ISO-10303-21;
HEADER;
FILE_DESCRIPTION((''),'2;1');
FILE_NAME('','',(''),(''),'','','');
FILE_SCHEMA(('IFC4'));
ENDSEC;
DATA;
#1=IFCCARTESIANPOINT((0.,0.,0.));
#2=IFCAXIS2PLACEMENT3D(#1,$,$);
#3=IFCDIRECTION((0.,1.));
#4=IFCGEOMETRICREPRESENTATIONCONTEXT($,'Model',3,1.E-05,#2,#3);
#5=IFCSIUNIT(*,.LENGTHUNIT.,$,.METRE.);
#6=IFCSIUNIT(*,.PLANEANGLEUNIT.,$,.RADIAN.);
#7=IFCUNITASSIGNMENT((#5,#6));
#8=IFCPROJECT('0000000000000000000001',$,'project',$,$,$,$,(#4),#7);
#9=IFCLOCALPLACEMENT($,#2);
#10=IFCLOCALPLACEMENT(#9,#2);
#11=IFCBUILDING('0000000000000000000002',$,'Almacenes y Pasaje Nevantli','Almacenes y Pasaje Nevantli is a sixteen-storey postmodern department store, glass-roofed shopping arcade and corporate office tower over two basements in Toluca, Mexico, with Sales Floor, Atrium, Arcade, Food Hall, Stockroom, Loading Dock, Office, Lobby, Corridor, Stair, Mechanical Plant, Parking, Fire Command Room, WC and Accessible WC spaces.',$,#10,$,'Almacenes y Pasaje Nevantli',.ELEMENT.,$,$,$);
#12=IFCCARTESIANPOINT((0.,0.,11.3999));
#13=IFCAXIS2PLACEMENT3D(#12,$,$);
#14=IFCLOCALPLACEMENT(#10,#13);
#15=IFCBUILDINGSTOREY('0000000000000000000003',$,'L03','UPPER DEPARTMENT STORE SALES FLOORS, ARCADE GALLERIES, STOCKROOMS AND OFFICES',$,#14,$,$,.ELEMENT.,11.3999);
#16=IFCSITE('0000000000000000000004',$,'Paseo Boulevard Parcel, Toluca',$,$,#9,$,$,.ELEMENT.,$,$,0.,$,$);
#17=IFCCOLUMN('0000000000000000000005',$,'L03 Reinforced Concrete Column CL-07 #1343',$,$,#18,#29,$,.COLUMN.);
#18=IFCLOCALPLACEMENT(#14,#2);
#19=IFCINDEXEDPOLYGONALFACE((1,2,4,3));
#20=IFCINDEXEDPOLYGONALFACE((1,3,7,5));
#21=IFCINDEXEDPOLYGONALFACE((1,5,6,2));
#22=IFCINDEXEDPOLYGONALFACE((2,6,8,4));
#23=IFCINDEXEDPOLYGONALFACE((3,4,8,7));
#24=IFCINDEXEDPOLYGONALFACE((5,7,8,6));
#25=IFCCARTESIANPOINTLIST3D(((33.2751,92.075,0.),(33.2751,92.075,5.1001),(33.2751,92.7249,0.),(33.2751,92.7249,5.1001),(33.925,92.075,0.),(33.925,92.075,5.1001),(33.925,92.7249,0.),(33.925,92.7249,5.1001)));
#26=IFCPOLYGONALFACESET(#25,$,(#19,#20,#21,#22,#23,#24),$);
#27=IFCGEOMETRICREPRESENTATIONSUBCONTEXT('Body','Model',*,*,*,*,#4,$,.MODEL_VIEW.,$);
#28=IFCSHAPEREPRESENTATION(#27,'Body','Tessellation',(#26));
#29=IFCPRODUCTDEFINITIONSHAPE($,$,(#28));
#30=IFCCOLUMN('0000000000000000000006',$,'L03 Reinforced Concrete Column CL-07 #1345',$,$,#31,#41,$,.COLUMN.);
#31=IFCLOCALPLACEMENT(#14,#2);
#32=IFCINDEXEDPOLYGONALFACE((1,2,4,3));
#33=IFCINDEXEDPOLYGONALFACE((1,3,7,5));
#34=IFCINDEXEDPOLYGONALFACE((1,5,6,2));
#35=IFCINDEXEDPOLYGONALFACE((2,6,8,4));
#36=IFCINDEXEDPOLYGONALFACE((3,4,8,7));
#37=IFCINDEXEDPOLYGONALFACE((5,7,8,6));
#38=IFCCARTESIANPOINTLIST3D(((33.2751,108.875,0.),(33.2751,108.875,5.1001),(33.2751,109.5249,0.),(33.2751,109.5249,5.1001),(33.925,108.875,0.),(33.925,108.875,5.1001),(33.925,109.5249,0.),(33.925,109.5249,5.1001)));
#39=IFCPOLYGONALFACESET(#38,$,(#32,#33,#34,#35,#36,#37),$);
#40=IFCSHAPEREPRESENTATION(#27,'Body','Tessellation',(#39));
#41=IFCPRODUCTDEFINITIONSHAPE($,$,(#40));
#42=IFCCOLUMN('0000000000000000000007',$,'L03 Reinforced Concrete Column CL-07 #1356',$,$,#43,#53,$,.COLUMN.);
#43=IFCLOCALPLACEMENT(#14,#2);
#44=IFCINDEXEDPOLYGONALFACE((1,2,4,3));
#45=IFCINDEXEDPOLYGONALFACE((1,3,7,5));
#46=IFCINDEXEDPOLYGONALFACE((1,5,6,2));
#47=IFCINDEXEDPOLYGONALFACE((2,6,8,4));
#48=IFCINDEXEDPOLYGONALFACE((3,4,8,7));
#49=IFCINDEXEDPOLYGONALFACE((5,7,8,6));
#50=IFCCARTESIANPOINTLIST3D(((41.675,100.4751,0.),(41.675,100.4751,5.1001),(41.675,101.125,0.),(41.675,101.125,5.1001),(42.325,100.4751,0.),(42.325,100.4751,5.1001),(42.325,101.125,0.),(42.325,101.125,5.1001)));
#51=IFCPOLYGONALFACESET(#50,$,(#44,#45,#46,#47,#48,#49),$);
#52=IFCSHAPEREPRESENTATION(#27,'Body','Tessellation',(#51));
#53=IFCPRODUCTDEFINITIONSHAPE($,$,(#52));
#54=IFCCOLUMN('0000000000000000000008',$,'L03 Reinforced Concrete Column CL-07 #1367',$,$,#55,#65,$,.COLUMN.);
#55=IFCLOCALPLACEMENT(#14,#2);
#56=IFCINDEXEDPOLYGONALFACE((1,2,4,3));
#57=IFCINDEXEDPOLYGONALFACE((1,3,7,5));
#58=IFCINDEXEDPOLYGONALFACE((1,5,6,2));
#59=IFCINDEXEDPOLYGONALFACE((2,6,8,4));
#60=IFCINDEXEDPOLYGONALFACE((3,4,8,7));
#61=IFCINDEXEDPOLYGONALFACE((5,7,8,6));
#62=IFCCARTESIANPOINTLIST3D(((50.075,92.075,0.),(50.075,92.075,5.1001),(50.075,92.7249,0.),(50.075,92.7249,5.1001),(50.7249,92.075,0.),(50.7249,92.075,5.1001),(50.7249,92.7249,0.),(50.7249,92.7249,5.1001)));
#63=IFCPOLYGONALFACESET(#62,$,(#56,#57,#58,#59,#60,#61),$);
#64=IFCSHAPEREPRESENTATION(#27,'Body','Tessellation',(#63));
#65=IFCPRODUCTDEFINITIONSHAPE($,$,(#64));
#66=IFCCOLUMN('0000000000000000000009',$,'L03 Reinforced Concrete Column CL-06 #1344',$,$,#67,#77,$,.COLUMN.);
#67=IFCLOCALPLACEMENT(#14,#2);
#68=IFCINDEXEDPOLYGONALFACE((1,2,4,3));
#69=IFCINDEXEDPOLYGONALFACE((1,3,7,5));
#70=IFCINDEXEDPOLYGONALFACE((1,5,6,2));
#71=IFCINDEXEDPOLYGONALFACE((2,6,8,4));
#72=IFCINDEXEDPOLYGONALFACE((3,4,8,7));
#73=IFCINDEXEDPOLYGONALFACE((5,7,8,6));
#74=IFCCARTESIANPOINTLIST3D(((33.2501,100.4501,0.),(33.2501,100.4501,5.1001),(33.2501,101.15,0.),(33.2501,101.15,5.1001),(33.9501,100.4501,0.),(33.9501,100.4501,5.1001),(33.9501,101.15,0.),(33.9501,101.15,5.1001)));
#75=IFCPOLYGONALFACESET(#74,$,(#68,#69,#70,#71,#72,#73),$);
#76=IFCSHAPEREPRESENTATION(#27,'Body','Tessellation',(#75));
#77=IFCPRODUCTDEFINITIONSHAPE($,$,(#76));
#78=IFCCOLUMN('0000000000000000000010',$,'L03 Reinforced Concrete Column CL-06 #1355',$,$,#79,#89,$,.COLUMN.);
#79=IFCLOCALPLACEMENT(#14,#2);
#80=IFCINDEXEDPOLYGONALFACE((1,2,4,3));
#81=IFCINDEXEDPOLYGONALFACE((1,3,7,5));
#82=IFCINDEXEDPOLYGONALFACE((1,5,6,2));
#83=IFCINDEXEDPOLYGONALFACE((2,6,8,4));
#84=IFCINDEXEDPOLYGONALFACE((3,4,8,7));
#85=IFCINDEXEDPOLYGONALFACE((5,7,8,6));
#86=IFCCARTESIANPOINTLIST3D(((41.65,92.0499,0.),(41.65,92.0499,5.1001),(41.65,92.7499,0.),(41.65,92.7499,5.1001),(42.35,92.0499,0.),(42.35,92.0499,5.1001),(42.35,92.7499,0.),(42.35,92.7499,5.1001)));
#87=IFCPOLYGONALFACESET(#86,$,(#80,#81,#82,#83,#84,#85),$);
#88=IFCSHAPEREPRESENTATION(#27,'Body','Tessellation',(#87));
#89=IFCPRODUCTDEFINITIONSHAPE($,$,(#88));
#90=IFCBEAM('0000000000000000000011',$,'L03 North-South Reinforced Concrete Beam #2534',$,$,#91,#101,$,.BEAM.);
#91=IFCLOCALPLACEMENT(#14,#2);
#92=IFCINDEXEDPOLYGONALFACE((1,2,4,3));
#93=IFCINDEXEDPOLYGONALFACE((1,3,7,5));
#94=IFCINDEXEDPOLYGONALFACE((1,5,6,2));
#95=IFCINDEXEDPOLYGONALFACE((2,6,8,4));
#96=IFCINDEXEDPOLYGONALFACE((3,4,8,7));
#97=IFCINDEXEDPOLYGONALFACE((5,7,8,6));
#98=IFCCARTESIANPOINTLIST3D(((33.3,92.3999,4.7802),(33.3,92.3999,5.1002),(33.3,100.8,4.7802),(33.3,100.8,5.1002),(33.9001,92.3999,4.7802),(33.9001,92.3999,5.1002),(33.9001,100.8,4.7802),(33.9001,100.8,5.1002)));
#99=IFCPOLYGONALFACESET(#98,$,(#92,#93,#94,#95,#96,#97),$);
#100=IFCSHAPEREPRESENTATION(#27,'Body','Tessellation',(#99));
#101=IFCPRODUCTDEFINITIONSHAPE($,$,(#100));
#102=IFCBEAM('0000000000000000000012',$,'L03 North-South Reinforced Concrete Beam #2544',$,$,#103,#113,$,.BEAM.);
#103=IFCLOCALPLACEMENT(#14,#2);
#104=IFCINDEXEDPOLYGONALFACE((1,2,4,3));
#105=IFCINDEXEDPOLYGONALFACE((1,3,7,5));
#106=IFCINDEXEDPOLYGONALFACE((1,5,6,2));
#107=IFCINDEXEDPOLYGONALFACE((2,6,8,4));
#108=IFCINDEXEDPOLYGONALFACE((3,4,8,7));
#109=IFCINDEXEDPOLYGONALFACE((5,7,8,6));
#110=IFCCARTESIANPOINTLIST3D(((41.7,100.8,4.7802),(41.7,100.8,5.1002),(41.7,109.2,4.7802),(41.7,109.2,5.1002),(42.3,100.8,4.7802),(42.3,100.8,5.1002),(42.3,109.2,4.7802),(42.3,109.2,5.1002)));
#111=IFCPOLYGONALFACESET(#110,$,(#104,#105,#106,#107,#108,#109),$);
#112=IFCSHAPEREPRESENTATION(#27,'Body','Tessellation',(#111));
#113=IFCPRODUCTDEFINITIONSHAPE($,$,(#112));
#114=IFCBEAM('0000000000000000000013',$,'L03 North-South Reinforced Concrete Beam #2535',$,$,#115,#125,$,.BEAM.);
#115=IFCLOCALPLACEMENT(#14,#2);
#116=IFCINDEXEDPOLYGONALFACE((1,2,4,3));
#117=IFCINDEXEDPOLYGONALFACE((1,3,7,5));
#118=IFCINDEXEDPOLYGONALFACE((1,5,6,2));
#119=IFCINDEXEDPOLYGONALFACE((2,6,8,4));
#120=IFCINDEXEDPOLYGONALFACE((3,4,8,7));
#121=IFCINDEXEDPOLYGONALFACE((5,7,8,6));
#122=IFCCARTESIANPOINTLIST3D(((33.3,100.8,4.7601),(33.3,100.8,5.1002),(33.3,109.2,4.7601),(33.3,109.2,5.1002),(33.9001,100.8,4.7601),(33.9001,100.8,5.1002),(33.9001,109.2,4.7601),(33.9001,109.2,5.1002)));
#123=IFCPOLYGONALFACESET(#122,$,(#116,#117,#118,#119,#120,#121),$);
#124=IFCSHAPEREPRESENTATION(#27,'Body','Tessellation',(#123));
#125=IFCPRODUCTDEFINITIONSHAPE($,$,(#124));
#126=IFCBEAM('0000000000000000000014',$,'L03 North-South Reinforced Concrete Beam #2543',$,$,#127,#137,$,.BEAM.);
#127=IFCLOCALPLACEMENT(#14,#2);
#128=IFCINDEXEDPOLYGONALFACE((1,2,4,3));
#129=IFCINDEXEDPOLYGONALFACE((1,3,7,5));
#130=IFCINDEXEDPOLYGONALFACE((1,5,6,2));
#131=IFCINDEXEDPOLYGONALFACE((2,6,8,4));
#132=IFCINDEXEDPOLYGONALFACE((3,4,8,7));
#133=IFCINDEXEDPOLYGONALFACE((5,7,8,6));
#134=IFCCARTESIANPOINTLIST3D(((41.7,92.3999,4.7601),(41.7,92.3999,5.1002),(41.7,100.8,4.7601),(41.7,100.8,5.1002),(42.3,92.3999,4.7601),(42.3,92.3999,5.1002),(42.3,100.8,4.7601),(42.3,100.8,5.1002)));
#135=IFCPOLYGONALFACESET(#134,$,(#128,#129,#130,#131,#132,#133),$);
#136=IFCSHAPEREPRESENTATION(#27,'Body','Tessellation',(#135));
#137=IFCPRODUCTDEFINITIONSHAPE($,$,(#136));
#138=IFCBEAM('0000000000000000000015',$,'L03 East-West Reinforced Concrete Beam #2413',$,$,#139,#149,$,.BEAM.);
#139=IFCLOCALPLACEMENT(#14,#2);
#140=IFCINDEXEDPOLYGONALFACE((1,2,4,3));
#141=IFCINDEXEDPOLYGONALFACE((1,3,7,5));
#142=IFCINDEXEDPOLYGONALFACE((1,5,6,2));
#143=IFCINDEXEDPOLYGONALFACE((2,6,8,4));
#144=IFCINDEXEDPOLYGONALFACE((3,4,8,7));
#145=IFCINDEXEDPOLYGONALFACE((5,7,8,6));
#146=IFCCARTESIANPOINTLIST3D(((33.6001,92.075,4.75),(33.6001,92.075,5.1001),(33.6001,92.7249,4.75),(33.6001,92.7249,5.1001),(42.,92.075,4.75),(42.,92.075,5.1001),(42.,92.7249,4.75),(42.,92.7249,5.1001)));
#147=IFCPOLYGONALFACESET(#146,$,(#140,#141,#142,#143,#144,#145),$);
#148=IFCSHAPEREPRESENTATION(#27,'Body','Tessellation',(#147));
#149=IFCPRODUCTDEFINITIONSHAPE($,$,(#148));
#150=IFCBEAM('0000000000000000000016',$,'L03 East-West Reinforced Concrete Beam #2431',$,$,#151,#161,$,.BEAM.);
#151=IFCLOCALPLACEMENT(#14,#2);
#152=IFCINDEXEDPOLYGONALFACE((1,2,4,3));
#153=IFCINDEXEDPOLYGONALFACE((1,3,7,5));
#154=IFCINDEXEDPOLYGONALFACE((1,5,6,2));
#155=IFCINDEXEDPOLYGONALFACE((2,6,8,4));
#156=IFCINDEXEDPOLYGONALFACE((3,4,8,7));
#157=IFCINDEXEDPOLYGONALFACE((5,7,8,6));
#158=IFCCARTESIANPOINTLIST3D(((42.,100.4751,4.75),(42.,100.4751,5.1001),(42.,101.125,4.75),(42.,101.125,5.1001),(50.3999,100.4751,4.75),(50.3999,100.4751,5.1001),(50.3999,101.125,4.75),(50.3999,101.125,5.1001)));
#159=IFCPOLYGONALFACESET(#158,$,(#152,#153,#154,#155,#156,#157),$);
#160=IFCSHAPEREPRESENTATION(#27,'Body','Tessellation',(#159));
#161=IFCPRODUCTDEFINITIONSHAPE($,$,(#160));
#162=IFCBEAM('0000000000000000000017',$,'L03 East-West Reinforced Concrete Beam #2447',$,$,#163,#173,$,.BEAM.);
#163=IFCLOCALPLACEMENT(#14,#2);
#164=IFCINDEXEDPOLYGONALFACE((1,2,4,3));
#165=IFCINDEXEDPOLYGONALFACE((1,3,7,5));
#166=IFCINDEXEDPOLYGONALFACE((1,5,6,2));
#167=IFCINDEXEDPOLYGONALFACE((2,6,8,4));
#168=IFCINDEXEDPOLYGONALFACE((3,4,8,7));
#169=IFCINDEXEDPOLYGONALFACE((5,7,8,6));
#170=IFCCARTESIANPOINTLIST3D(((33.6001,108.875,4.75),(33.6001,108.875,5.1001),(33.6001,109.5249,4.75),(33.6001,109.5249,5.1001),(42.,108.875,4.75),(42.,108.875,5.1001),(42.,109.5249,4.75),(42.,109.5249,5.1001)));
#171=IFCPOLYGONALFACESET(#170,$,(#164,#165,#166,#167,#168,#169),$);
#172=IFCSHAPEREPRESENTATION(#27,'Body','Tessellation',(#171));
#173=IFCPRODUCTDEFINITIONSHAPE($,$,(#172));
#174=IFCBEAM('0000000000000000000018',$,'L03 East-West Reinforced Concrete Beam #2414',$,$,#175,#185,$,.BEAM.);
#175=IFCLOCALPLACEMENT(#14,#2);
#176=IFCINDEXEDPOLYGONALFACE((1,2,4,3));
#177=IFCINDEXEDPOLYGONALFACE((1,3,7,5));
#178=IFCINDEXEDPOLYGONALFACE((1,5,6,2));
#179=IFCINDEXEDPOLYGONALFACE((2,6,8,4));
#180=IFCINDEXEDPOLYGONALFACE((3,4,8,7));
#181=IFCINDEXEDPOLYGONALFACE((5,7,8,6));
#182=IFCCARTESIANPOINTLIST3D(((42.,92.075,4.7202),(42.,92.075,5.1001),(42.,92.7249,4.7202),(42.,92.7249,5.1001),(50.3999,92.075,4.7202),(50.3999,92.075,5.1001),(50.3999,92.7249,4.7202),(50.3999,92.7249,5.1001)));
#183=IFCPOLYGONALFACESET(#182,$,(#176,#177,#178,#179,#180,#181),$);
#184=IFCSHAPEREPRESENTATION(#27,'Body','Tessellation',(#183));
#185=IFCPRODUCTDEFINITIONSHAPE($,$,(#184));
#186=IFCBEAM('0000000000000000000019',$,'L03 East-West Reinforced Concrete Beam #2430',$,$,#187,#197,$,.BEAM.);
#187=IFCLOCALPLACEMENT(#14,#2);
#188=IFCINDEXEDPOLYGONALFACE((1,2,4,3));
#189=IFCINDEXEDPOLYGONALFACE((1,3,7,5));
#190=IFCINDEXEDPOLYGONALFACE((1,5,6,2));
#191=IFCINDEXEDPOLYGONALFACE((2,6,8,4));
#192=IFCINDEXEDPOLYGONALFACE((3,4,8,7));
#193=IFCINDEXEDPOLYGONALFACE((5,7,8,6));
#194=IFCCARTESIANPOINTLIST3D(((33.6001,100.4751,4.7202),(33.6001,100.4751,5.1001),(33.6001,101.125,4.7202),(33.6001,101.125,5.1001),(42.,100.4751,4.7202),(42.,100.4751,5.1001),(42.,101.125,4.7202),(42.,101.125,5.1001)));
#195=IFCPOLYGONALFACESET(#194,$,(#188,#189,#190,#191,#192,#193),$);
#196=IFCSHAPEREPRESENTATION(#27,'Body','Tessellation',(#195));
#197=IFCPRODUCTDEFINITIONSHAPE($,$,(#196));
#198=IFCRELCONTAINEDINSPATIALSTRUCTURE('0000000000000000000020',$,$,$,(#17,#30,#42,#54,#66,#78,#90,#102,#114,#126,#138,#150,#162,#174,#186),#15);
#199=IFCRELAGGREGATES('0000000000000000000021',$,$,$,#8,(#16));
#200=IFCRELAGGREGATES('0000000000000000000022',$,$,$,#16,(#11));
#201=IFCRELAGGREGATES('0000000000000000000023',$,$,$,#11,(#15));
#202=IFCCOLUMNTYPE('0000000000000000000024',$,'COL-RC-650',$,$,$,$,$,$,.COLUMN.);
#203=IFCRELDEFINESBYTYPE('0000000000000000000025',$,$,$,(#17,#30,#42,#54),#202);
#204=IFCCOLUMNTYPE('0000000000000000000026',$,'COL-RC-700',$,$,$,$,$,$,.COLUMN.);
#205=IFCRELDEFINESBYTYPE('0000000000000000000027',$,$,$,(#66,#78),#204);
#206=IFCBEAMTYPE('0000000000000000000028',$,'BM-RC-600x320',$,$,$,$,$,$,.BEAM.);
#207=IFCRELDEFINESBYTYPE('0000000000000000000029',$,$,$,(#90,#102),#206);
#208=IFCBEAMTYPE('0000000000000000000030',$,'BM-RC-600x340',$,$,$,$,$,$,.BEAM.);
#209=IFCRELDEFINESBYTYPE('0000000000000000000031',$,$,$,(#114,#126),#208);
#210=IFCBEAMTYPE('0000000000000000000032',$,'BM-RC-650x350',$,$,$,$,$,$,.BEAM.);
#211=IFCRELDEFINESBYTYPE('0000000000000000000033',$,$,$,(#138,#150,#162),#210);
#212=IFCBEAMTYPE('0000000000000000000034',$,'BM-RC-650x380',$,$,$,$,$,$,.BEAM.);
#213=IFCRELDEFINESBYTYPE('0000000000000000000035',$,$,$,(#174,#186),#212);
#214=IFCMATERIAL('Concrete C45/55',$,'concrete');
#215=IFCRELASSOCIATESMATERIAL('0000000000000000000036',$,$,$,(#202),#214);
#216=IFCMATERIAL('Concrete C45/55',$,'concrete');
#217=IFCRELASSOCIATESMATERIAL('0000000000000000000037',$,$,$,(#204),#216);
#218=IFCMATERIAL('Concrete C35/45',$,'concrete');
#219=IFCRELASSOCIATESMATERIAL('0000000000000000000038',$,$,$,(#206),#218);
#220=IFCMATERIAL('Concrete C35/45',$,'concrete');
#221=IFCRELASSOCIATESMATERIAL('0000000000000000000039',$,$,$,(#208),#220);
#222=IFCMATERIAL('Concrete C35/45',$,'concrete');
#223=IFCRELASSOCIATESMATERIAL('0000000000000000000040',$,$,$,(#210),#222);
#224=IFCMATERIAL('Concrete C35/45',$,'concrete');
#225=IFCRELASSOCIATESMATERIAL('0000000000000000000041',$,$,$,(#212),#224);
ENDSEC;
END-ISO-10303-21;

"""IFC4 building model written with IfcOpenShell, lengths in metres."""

from ifc_helpers import new_model, si_unit, direction, frame, origin, origin_2d, place, context, subcontext, project, spatial, rectangle, extrude, material, material_profile, profile_set, type_object, element, save


model = new_model("IFC4")

# Units and contexts
model_context = context("Model", 3, precision=1e-05, world=origin(), true_north=direction((0.0, 1.0)))
body_context = subcontext(model_context, "Body", "Model", "MODEL_VIEW")
ifc_project = project(units=[si_unit("LENGTHUNIT", "METRE"), si_unit("PLANEANGLEUNIT", "RADIAN")], contexts=[model_context])

# Site, building, storey
site_placement = place(None, origin())
site = spatial("IfcSite", under=ifc_project, at=site_placement, Name="Paseo Boulevard Parcel, Toluca", CompositionType="ELEMENT", RefElevation=0.0)
building_placement = place(site_placement, origin())
building = spatial("IfcBuilding", under=site, at=building_placement, Name="Almacenes y Pasaje Nevantli", Description="Almacenes y Pasaje Nevantli is a sixteen-storey postmodern department store, glass-roofed shopping arcade and corporate office tower over two basements in Toluca, Mexico, with Sales Floor, Atrium, Arcade, Food Hall, Stockroom, Loading Dock, Office, Lobby, Corridor, Stair, Mechanical Plant, Parking, Fire Command Room, WC and Accessible WC spaces.", LongName="Almacenes y Pasaje Nevantli", CompositionType="ELEMENT")
storey_placement = place(building_placement, frame((0.0, 0.0, 11.3999)))
storey = spatial("IfcBuildingStorey", under=building, at=storey_placement, Name="L03", Description="UPPER DEPARTMENT STORE SALES FLOORS, ARCADE GALLERIES, STOCKROOMS AND OFFICES", CompositionType="ELEMENT", Elevation=11.3999)

# Columns
ifc_material_1 = material(Name="Concrete C45/55", Category="concrete")
ifc_material_profile_1 = material_profile(ifc_material_1, rectangle(XDim=0.6499, YDim=0.6499, at=origin_2d()), Name="RC-COL-650x650")
ifc_profile_set_1 = profile_set([ifc_material_profile_1], Name="Concrete C45/55")
column_type_1 = type_object("IfcColumnType", Name="COL-RC-650", PredefinedType="COLUMN", material=ifc_profile_set_1)
for number, where, z_axis, x_axis, name in (
    (1, (33.6001, 92.3999, 0.0), (0.0, 0.0, 1.0), (1.0, 0.0, 0.0), "L03 Reinforced Concrete Column CL-07 #1343"),
    (2, (33.6001, 109.2, 0.0), (0.0, 0.0, 1.0), (1.0, 0.0, 0.0), "L03 Reinforced Concrete Column CL-07 #1345"),
    (3, (42.0, 100.8, 0.0), (0.0, 0.0, 1.0), (1.0, 0.0, 0.0), "L03 Reinforced Concrete Column CL-07 #1356"),
    (4, (50.3999, 92.3999, 0.0), (0.0, 0.0, 1.0), (1.0, 0.0, 0.0), "L03 Reinforced Concrete Column CL-07 #1367"),
):
    element("IfcColumn", number, at=place(storey_placement, frame(where, z_axis=z_axis, x_axis=x_axis)), inside=storey, type_object=column_type_1, Name=name, PredefinedType="COLUMN", context=body_context, shape_type="SweptSolid", body=[
        extrude(rectangle(XDim=0.6499, YDim=0.6499, at=origin_2d()), origin(), (0.0, 0.0, 1.0), 5.1001),
    ])
ifc_material_2 = material(Name="Concrete C45/55", Category="concrete")
ifc_material_profile_2 = material_profile(ifc_material_2, rectangle(XDim=0.7, YDim=0.7, at=origin_2d()), Name="RC-COL-700x700")
ifc_profile_set_2 = profile_set([ifc_material_profile_2], Name="Concrete C45/55")
column_type_2 = type_object("IfcColumnType", Name="COL-RC-700", PredefinedType="COLUMN", material=ifc_profile_set_2)
for number, where, z_axis, x_axis, name in (
    (5, (33.6001, 100.8, 0.0), (0.0, 0.0, 1.0), (1.0, 0.0, 0.0), "L03 Reinforced Concrete Column CL-06 #1344"),
    (6, (42.0, 92.3999, 0.0), (0.0, 0.0, 1.0), (1.0, 0.0, 0.0), "L03 Reinforced Concrete Column CL-06 #1355"),
):
    element("IfcColumn", number, at=place(storey_placement, frame(where, z_axis=z_axis, x_axis=x_axis)), inside=storey, type_object=column_type_2, Name=name, PredefinedType="COLUMN", context=body_context, shape_type="SweptSolid", body=[
        extrude(rectangle(XDim=0.7, YDim=0.7, at=origin_2d()), origin(), (0.0, 0.0, 1.0), 5.1001),
    ])

# Beams
ifc_material_3 = material(Name="Concrete C35/45", Category="concrete")
ifc_material_profile_3 = material_profile(ifc_material_3, rectangle(XDim=0.6001, YDim=0.3201, at=origin_2d()), Name="RC-BM-600x320")
ifc_profile_set_3 = profile_set([ifc_material_profile_3], Name="Concrete C35/45")
beam_type_1 = type_object("IfcBeamType", Name="BM-RC-600x320", PredefinedType="BEAM", material=ifc_profile_set_3)
beam_1_placement = place(storey_placement, frame((33.6001, 92.3999, 4.9402), z_axis=(0.0, 1.0, 0.0), x_axis=(-1.0, 0.0, 0.0)))
element("IfcBeam", 7, at=beam_1_placement, inside=storey, type_object=beam_type_1, Name="L03 North-South Reinforced Concrete Beam #2534", PredefinedType="BEAM", context=body_context, shape_type="SweptSolid", body=[
    extrude(rectangle(XDim=0.6001, YDim=0.3201, at=origin_2d()), origin(), (0.0, 0.0, 1.0), 8.4001),
])
beam_2_placement = place(storey_placement, frame((42.0, 100.8, 4.9402), z_axis=(0.0, 1.0, 0.0), x_axis=(-1.0, 0.0, 0.0)))
element("IfcBeam", 8, at=beam_2_placement, inside=storey, type_object=beam_type_1, Name="L03 North-South Reinforced Concrete Beam #2544", PredefinedType="BEAM", context=body_context, shape_type="SweptSolid", body=[
    extrude(rectangle(XDim=0.6001, YDim=0.3201, at=origin_2d()), origin(), (0.0, 0.0, 1.0), 8.3999),
])
ifc_material_4 = material(Name="Concrete C35/45", Category="concrete")
ifc_material_profile_4 = material_profile(ifc_material_4, rectangle(XDim=0.6001, YDim=0.3401, at=origin_2d()), Name="RC-BM-600x340")
ifc_profile_set_4 = profile_set([ifc_material_profile_4], Name="Concrete C35/45")
beam_type_2 = type_object("IfcBeamType", Name="BM-RC-600x340", PredefinedType="BEAM", material=ifc_profile_set_4)
beam_3_placement = place(storey_placement, frame((33.6001, 100.8, 4.9302), z_axis=(0.0, 1.0, 0.0), x_axis=(-1.0, 0.0, 0.0)))
element("IfcBeam", 9, at=beam_3_placement, inside=storey, type_object=beam_type_2, Name="L03 North-South Reinforced Concrete Beam #2535", PredefinedType="BEAM", context=body_context, shape_type="SweptSolid", body=[
    extrude(rectangle(XDim=0.6001, YDim=0.3401, at=origin_2d()), origin(), (0.0, 0.0, 1.0), 8.3999),
])
beam_4_placement = place(storey_placement, frame((42.0, 92.3999, 4.9302), z_axis=(0.0, 1.0, 0.0), x_axis=(-1.0, 0.0, 0.0)))
element("IfcBeam", 10, at=beam_4_placement, inside=storey, type_object=beam_type_2, Name="L03 North-South Reinforced Concrete Beam #2543", PredefinedType="BEAM", context=body_context, shape_type="SweptSolid", body=[
    extrude(rectangle(XDim=0.6001, YDim=0.3401, at=origin_2d()), origin(), (0.0, 0.0, 1.0), 8.4001),
])
ifc_material_5 = material(Name="Concrete C35/45", Category="concrete")
ifc_material_profile_5 = material_profile(ifc_material_5, rectangle(XDim=0.6499, YDim=0.3501, at=origin_2d()), Name="RC-BM-650x350")
ifc_profile_set_5 = profile_set([ifc_material_profile_5], Name="Concrete C35/45")
beam_type_3 = type_object("IfcBeamType", Name="BM-RC-650x350", PredefinedType="BEAM", material=ifc_profile_set_5)
for number, where, z_axis, x_axis, name in (
    (11, (33.6001, 92.3999, 4.925), (1.0, 0.0, 0.0), (0.0, 1.0, 0.0), "L03 East-West Reinforced Concrete Beam #2413"),
    (12, (42.0, 100.8, 4.925), (1.0, 0.0, 0.0), (0.0, 1.0, 0.0), "L03 East-West Reinforced Concrete Beam #2431"),
    (13, (33.6001, 109.2, 4.925), (1.0, 0.0, 0.0), (0.0, 1.0, 0.0), "L03 East-West Reinforced Concrete Beam #2447"),
):
    element("IfcBeam", number, at=place(storey_placement, frame(where, z_axis=z_axis, x_axis=x_axis)), inside=storey, type_object=beam_type_3, Name=name, PredefinedType="BEAM", context=body_context, shape_type="SweptSolid", body=[
        extrude(rectangle(XDim=0.6499, YDim=0.3501, at=origin_2d()), origin(), (0.0, 0.0, 1.0), 8.3999),
    ])
ifc_material_6 = material(Name="Concrete C35/45", Category="concrete")
ifc_material_profile_6 = material_profile(ifc_material_6, rectangle(XDim=0.6499, YDim=0.3799, at=origin_2d()), Name="RC-BM-650x380")
ifc_profile_set_6 = profile_set([ifc_material_profile_6], Name="Concrete C35/45")
beam_type_4 = type_object("IfcBeamType", Name="BM-RC-650x380", PredefinedType="BEAM", material=ifc_profile_set_6)
for number, where, z_axis, x_axis, name in (
    (14, (42.0, 92.3999, 4.9102), (1.0, 0.0, 0.0), (0.0, 1.0, 0.0), "L03 East-West Reinforced Concrete Beam #2414"),
    (15, (33.6001, 100.8, 4.9102), (1.0, 0.0, 0.0), (0.0, 1.0, 0.0), "L03 East-West Reinforced Concrete Beam #2430"),
):
    element("IfcBeam", number, at=place(storey_placement, frame(where, z_axis=z_axis, x_axis=x_axis)), inside=storey, type_object=beam_type_4, Name=name, PredefinedType="BEAM", context=body_context, shape_type="SweptSolid", body=[
        extrude(rectangle(XDim=0.6499, YDim=0.3799, at=origin_2d()), origin(), (0.0, 0.0, 1.0), 8.3999),
    ])

save(model, "model.ifc")
